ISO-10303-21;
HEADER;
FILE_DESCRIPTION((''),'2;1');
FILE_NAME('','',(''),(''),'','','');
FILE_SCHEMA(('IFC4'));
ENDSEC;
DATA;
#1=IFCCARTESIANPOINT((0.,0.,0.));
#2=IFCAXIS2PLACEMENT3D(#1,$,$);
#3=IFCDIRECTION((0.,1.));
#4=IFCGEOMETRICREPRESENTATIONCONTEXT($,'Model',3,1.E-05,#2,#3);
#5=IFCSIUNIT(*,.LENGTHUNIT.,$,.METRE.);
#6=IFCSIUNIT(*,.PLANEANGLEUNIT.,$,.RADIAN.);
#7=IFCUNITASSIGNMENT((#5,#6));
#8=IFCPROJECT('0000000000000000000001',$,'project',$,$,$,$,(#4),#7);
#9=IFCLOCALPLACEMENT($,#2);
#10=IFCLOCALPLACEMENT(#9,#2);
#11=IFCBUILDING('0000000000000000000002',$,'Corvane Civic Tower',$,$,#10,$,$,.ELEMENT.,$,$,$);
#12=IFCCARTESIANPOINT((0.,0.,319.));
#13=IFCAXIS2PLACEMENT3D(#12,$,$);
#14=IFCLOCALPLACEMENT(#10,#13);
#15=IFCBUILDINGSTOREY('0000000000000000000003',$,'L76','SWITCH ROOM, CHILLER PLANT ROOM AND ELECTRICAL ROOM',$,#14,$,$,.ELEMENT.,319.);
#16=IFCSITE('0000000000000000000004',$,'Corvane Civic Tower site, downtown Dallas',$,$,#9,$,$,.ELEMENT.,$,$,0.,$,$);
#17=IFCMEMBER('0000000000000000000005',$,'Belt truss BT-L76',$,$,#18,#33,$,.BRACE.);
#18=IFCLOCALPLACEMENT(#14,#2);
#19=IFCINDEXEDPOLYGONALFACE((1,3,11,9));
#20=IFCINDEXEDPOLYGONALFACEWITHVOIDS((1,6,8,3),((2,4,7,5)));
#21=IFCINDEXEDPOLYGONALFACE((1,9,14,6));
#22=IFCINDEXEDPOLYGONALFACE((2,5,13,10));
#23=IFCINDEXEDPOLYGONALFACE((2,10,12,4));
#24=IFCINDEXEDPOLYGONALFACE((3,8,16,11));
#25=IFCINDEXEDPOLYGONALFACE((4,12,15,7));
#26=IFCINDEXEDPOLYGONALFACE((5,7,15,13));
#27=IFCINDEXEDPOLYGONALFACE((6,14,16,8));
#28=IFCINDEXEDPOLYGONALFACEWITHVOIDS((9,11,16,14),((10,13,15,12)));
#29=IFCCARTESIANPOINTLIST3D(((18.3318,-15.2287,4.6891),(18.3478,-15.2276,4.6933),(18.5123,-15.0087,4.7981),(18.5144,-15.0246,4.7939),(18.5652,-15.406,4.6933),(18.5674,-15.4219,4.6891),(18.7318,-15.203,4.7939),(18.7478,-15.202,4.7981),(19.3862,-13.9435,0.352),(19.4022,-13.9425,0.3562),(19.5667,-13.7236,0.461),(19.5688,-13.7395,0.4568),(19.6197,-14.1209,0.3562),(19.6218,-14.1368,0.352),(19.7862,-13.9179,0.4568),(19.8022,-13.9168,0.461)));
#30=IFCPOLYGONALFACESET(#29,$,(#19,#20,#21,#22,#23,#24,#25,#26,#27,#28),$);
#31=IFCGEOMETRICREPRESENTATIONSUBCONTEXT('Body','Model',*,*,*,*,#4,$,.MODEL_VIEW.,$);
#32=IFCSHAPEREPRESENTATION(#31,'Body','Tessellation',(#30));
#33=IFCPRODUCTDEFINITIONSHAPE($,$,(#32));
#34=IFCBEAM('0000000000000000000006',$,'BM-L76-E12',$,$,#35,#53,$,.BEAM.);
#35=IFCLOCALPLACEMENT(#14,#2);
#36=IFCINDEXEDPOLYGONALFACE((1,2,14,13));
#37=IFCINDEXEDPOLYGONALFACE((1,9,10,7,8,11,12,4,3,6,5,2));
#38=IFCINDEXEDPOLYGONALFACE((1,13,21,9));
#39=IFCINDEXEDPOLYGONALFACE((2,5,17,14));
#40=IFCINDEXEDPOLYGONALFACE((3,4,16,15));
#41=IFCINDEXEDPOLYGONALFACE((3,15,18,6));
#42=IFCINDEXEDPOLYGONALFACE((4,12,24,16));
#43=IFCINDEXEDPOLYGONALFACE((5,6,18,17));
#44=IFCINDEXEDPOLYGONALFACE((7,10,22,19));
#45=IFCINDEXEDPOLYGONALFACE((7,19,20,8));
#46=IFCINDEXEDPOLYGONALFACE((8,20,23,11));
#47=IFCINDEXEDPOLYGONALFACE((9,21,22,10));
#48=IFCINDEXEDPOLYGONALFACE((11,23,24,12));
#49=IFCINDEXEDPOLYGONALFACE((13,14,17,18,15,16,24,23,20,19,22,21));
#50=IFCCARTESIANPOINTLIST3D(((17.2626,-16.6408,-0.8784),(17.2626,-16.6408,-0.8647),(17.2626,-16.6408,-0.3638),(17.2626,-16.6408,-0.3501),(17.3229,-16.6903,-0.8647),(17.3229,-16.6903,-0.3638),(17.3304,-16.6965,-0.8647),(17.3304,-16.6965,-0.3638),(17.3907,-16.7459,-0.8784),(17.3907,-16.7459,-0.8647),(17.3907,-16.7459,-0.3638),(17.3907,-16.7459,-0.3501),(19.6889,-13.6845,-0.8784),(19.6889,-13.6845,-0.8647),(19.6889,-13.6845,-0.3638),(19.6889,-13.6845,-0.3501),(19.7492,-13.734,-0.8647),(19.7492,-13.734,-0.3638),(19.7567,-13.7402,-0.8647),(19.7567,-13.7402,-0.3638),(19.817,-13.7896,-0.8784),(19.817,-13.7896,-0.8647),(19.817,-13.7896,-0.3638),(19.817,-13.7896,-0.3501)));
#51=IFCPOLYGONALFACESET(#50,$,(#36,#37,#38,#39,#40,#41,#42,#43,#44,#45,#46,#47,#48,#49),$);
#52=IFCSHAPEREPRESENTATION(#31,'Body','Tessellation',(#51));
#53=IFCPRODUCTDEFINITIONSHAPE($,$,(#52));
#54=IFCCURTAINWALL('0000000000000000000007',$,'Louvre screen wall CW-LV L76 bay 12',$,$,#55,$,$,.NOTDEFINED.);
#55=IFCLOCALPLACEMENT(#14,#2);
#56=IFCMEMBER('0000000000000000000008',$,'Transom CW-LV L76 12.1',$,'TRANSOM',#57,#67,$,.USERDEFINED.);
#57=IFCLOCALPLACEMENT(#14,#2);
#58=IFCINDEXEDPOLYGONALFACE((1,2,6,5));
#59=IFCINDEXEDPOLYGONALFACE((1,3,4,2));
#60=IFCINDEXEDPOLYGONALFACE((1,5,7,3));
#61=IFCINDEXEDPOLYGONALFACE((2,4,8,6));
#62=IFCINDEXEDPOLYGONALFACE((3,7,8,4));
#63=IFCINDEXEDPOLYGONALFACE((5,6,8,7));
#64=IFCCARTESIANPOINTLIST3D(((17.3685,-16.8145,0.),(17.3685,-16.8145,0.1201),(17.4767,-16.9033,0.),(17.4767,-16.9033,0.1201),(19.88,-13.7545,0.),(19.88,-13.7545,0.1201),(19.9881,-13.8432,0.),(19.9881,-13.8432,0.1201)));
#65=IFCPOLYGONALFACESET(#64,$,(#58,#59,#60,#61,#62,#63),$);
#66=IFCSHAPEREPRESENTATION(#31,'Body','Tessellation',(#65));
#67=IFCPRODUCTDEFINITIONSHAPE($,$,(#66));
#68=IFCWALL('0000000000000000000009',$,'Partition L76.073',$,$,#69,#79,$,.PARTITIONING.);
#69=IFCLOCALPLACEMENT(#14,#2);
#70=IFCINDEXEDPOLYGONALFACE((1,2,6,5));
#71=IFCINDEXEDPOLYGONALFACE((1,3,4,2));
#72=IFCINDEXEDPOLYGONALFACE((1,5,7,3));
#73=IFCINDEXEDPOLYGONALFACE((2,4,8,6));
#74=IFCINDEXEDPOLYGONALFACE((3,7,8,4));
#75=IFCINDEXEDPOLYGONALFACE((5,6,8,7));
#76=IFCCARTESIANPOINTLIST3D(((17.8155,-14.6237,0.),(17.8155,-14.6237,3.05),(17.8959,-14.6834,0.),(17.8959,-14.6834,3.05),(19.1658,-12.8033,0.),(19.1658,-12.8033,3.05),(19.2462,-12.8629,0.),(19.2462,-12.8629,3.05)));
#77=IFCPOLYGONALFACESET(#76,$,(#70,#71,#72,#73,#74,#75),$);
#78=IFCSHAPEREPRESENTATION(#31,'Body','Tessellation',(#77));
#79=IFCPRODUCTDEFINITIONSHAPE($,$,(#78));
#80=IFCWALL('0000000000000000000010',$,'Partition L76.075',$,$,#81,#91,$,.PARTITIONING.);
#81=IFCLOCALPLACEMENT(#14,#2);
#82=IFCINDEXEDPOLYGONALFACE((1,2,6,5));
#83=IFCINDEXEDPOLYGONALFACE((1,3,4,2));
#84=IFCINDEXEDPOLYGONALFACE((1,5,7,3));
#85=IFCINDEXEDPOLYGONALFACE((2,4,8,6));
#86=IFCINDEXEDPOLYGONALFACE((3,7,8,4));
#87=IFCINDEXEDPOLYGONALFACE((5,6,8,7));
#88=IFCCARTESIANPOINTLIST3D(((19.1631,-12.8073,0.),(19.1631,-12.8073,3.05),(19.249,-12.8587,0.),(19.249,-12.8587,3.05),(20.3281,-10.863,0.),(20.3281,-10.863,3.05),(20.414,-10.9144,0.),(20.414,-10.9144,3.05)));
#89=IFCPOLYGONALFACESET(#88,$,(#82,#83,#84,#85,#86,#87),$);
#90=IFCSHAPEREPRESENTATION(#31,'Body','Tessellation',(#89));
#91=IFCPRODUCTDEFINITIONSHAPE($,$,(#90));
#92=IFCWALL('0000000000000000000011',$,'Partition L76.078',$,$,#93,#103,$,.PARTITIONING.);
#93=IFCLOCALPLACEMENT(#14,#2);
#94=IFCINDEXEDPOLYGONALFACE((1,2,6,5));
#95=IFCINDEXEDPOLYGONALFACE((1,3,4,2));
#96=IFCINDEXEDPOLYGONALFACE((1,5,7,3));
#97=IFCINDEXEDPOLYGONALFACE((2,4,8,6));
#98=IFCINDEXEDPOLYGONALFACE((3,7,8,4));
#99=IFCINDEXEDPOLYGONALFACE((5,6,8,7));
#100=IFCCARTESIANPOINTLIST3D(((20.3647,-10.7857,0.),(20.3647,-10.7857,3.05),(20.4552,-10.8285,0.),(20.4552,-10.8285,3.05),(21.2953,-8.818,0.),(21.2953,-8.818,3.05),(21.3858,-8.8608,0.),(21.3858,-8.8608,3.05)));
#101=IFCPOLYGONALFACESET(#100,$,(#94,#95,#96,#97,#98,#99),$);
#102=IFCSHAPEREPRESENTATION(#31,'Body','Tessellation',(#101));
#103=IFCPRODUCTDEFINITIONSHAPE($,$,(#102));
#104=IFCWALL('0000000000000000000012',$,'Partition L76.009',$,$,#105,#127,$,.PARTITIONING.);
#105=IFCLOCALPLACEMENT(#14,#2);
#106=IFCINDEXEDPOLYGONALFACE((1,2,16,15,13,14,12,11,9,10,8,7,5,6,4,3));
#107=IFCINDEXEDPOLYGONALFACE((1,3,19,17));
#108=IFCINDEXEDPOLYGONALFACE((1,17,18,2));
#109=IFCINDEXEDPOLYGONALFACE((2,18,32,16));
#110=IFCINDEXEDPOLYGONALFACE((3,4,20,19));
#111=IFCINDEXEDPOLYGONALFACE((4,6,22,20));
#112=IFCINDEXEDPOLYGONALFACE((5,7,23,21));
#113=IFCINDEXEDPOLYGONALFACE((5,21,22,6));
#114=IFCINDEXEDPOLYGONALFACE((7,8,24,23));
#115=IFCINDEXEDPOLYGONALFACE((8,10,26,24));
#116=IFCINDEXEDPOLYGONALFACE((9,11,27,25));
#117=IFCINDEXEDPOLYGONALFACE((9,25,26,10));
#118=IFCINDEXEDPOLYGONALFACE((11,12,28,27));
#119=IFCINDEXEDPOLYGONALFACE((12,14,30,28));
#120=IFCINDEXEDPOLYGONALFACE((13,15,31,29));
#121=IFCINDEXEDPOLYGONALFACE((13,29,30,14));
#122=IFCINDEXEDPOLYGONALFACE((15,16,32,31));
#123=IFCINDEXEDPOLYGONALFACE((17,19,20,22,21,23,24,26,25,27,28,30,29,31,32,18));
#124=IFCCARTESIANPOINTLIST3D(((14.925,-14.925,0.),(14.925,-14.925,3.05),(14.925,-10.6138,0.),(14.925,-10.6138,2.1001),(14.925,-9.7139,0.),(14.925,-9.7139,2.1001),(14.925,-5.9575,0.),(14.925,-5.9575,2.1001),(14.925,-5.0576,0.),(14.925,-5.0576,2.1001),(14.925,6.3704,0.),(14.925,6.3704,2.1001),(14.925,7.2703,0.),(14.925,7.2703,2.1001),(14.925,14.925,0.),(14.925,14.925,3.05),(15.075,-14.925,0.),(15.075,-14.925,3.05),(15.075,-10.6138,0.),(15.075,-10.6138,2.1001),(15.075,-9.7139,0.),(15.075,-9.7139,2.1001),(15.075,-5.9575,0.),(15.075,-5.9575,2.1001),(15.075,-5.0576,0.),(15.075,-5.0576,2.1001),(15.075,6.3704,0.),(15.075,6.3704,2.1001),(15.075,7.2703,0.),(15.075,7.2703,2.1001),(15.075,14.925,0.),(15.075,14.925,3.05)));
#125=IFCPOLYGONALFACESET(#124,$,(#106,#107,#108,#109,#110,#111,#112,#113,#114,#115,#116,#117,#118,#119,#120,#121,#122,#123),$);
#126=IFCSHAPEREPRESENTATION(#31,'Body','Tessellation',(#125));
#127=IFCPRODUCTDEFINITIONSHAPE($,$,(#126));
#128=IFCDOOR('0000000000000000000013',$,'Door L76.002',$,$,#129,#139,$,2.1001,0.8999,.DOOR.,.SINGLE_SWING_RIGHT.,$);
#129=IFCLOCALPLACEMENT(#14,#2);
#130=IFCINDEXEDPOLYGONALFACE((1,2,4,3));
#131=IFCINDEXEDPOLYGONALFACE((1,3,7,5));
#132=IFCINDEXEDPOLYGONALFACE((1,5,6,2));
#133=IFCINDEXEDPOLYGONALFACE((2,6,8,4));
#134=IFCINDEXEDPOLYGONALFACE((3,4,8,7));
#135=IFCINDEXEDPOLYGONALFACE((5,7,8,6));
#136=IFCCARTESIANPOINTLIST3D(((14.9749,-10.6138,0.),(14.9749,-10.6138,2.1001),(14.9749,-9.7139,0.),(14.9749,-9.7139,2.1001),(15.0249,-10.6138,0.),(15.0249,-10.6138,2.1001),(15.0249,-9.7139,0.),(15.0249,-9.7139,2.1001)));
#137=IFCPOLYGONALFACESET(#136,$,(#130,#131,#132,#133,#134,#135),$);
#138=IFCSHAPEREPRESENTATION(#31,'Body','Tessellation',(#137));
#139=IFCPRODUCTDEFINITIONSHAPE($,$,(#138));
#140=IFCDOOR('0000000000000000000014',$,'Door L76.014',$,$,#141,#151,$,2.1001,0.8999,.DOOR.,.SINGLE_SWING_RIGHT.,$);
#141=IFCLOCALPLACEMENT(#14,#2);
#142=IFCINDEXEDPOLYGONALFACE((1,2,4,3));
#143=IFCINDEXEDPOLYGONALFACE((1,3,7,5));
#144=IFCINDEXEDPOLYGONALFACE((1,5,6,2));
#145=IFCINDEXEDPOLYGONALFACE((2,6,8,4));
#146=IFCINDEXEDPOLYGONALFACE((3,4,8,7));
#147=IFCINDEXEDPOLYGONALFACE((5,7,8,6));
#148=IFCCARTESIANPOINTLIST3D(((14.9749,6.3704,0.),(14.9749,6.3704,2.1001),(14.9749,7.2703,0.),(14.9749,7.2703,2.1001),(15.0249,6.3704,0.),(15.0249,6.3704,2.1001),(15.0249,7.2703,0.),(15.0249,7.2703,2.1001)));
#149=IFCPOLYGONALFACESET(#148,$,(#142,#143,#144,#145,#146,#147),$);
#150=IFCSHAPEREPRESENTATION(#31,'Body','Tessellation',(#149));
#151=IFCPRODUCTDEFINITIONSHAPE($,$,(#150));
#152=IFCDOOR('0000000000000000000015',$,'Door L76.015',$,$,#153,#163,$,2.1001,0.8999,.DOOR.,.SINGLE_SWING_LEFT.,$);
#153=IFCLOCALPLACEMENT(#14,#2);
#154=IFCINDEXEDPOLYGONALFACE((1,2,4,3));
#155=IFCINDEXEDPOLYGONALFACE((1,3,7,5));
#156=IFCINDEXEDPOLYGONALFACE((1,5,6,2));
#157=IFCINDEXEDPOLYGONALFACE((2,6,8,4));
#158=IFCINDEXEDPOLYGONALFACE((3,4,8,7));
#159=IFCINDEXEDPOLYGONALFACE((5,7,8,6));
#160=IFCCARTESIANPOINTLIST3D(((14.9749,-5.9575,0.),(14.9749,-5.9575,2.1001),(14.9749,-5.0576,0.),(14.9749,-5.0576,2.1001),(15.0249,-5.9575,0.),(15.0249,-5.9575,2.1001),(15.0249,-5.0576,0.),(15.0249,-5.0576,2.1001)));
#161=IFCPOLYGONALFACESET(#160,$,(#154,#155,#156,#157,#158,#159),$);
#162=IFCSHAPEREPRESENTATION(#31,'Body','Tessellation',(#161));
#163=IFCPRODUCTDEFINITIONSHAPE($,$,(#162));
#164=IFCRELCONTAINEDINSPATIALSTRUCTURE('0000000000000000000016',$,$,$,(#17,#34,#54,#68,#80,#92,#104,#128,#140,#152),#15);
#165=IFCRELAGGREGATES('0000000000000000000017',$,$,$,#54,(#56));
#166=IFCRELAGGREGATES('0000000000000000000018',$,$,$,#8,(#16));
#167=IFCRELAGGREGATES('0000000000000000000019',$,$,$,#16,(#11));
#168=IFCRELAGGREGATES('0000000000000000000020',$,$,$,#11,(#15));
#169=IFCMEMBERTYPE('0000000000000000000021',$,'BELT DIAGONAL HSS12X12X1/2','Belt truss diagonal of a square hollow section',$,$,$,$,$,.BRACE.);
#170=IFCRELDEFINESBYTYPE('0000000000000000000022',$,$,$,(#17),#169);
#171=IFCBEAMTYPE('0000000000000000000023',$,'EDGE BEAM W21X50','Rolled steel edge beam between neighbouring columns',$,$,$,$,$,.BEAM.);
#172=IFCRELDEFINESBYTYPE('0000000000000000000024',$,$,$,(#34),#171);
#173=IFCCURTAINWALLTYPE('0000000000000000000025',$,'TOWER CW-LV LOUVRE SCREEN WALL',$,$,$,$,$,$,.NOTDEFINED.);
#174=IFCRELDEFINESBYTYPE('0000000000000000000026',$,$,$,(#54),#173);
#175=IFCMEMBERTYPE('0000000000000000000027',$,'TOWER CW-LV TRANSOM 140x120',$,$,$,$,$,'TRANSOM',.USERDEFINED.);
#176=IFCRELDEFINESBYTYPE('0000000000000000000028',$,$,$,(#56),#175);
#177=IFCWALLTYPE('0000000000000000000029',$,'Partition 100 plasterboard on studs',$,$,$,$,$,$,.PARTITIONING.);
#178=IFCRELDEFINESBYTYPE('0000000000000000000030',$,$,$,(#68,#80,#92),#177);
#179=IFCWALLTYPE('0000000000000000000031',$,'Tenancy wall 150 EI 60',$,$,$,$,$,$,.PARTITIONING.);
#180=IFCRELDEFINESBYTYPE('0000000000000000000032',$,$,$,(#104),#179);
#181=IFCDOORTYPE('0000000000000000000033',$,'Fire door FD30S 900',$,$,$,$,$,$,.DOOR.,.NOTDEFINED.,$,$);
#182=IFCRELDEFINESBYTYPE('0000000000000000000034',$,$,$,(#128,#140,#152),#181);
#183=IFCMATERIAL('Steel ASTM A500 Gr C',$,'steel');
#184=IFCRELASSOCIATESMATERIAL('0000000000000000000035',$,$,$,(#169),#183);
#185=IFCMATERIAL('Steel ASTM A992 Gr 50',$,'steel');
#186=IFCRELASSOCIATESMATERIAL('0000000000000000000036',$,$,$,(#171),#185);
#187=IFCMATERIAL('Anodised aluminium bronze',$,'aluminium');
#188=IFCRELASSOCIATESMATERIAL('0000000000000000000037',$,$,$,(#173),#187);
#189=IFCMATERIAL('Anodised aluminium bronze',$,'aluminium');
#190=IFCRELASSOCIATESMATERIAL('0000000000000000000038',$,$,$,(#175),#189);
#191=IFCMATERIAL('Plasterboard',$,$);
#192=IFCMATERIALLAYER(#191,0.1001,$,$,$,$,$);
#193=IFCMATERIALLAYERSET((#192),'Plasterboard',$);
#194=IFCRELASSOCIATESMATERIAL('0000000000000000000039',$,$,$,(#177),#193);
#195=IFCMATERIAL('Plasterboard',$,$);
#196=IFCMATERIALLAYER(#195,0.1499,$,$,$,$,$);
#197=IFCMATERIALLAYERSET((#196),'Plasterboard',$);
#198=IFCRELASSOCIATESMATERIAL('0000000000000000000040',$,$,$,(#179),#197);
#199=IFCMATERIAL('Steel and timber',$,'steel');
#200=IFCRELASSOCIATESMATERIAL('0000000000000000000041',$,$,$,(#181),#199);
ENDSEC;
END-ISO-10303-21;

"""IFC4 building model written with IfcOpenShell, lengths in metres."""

from ifc_helpers import new_model, si_unit, direction, frame, frame_2d, origin, origin_2d, place, context, subcontext, project, spatial, rectangle, hollow_rectangle, i_section, extrude, material, layer, layer_set, material_profile, profile_set, type_object, element, fill, aggregate, save


model = new_model("IFC4")

# Units and contexts
model_context = context("Model", 3, precision=1e-05, world=origin(), true_north=direction((0.0, 1.0)))
body_context = subcontext(model_context, "Body", "Model", "MODEL_VIEW")
ifc_project = project(units=[si_unit("LENGTHUNIT", "METRE"), si_unit("PLANEANGLEUNIT", "RADIAN")], contexts=[model_context])

# Site, building, storey
site_placement = place(None, origin())
site = spatial("IfcSite", under=ifc_project, at=site_placement, Name="Corvane Civic Tower site, downtown Dallas", CompositionType="ELEMENT", RefElevation=0.0)
building_placement = place(site_placement, origin())
building = spatial("IfcBuilding", under=site, at=building_placement, Name="Corvane Civic Tower", CompositionType="ELEMENT")
storey_placement = place(building_placement, frame((0.0, 0.0, 319.0)))
storey = spatial("IfcBuildingStorey", under=building, at=storey_placement, Name="L76", Description="SWITCH ROOM, CHILLER PLANT ROOM AND ELECTRICAL ROOM", CompositionType="ELEMENT", Elevation=319.0)

# Member
ifc_material_1 = material(Name="Steel ASTM A500 Gr C", Category="steel")
ifc_material_profile_1 = material_profile(ifc_material_1, hollow_rectangle(XDim=0.3047, YDim=0.3047, WallThickness=0.0117, at=origin_2d()), Name="HSS12X12X1/2")
ifc_profile_set_1 = profile_set([ifc_material_profile_1], Name="Steel ASTM A500 Gr C")
member_type_1 = type_object("IfcMemberType", Name="BELT DIAGONAL HSS12X12X1/2", Description="Belt truss diagonal of a square hollow section", PredefinedType="BRACE", material=ifc_profile_set_1)
for number, where, z_axis, x_axis, name in (
    (1, (19.5942, -13.9302, 0.4065), (-0.227015, -0.276685, 0.933761), (0.773086, -0.634301, 0.0), "Belt truss BT-L76"),
):
    element("IfcMember", number, at=place(storey_placement, frame(where, z_axis=z_axis, x_axis=x_axis)), inside=storey, type_object=member_type_1, Name=name, PredefinedType="BRACE", context=body_context, shape_type="SweptSolid", body=[
        extrude(hollow_rectangle(XDim=0.3047, YDim=0.3047, WallThickness=0.0117, at=origin_2d()), origin(), (0.0, 0.0, 1.0), 4.6448),
    ])

# Beam
ifc_material_2 = material(Name="Steel ASTM A992 Gr 50", Category="steel")
ifc_material_profile_2 = material_profile(ifc_material_2, i_section(OverallWidth=0.1658, OverallDepth=0.5283, WebThickness=0.0098, FlangeThickness=0.0137, at=origin_2d()), Name="W21X50")
ifc_profile_set_2 = profile_set([ifc_material_profile_2], Name="Steel ASTM A992 Gr 50")
beam_type = type_object("IfcBeamType", Name="EDGE BEAM W21X50", Description="Rolled steel edge beam between neighbouring columns", PredefinedType="BEAM", material=ifc_profile_set_2)
beam_placement = place(storey_placement, frame((19.7529, -13.7371, -0.6143), z_axis=(-0.634409, -0.772998, 0.0), x_axis=(0.772998, -0.634409, 0.0)))
element("IfcBeam", 2, at=beam_placement, inside=storey, type_object=beam_type, Name="BM-L76-E12", PredefinedType="BEAM", context=body_context, shape_type="SweptSolid", body=[
    extrude(i_section(OverallWidth=0.1658, OverallDepth=0.5283, WebThickness=0.0098, FlangeThickness=0.0137, at=origin_2d()), origin(), (0.0, 0.0, 1.0), 3.8245),
])

# Curtain wall, member
ifc_material_3 = material(Name="Anodised aluminium bronze", Category="aluminium")
curtain_wall_type = type_object("IfcCurtainWallType", Name="TOWER CW-LV LOUVRE SCREEN WALL", PredefinedType="NOTDEFINED", material=ifc_material_3)
curtain_wall_placement = place(storey_placement, origin())
curtain_wall = element("IfcCurtainWall", 3, at=curtain_wall_placement, inside=storey, type_object=curtain_wall_type, Name="Louvre screen wall CW-LV L76 bay 12", PredefinedType="NOTDEFINED")
ifc_material_4 = material(Name="Anodised aluminium bronze", Category="aluminium")
ifc_material_profile_3 = material_profile(ifc_material_4, rectangle(XDim=0.1399, YDim=0.1201, at=origin_2d()), Name="TOWER CW-LV TRANSOM 140x120")
ifc_profile_set_3 = profile_set([ifc_material_profile_3], Name="Anodised aluminium bronze")
member_type_2 = type_object("IfcMemberType", Name="TOWER CW-LV TRANSOM 140x120", ElementType="TRANSOM", PredefinedType="USERDEFINED", material=ifc_profile_set_3)
member_placement = place(storey_placement, frame((19.9341, -13.7988, 0.0601), z_axis=(-0.634416, -0.772992, 0.0), x_axis=(0.772992, -0.634416, 0.0)))
member = element("IfcMember", 4, at=member_placement, type_object=member_type_2, Name="Transom CW-LV L76 12.1", ObjectType="TRANSOM", PredefinedType="USERDEFINED", context=body_context, shape_type="SweptSolid", body=[
    extrude(rectangle(XDim=0.1399, YDim=0.1201, at=origin_2d()), origin(), (0.0, 0.0, 1.0), 3.9587),
])

# Walls
ifc_material_5 = material(Name="Plasterboard")
ifc_layer_1 = layer(ifc_material_5, 0.1001)
ifc_layer_set_1 = layer_set([ifc_layer_1], Name="Plasterboard")
wall_type_1 = type_object("IfcWallType", Name="Partition 100 plasterboard on studs", PredefinedType="PARTITIONING", material=ifc_layer_set_1)
for number, where, z_axis, x_axis, name in (
    (5, (17.8557, -14.6536, 0.0), (0.0, 0.0, 1.0), (0.595735, 0.803181, 0.0), "Partition L76.073"),
    (6, (19.2061, -12.833, 0.0), (0.0, 0.0, 1.0), (0.513989, 0.857797, 0.0), "Partition L76.075"),
):
    element("IfcWall", number, at=place(storey_placement, frame(where, z_axis=z_axis, x_axis=x_axis)), inside=storey, type_object=wall_type_1, Name=name, PredefinedType="PARTITIONING", context=body_context, shape_type="SweptSolid", body=[
        extrude(rectangle(XDim=2.2666, YDim=0.1001, at=frame_2d((1.1333, 0.0))), origin(), (0.0, 0.0, 1.0), 3.05),
    ])
wall_1_placement = place(storey_placement, frame((20.4099, -10.8071, 0.0), z_axis=(0.0, 0.0, 1.0), x_axis=(0.427546, 0.903993, 0.0)))
element("IfcWall", 7, at=wall_1_placement, inside=storey, type_object=wall_type_1, Name="Partition L76.078", PredefinedType="PARTITIONING", context=body_context, shape_type="SweptSolid", body=[
    extrude(rectangle(XDim=2.1768, YDim=0.1001, at=frame_2d((1.0884, 0.0))), origin(), (0.0, 0.0, 1.0), 3.05),
])

# Wall, openings, doors
ifc_material_6 = material(Name="Plasterboard")
ifc_layer_2 = layer(ifc_material_6, 0.1499)
ifc_layer_set_2 = layer_set([ifc_layer_2], Name="Plasterboard")
wall_type_2 = type_object("IfcWallType", Name="Tenancy wall 150 EI 60", PredefinedType="PARTITIONING", material=ifc_layer_set_2)
wall_2_placement = place(storey_placement, frame((15.0, -14.925, 0.0), z_axis=(0.0, 0.0, 1.0), x_axis=(0.0, 1.0, 0.0)))
wall_2 = element("IfcWall", 8, at=wall_2_placement, inside=storey, type_object=wall_type_2, Name="Partition L76.009", PredefinedType="PARTITIONING", context=body_context, shape_type="SweptSolid", body=[
    extrude(rectangle(XDim=29.8501, YDim=0.1499, at=frame_2d((14.925, 0.0))), origin(), (0.0, 0.0, 1.0), 3.05),
])
opening_1_placement = place(wall_2_placement, frame((4.3113, 0.0, 0.0)))
opening_1 = element("IfcOpeningElement", 9, at=opening_1_placement, cuts=wall_2, PredefinedType="OPENING", context=body_context, shape_type="SweptSolid", body=[
    extrude(rectangle(XDim=0.8999, YDim=2.1001, at=frame_2d((0.45, 1.05))), frame((0.0, 0.085, 0.0), z_axis=(0.0, -1.0, 0.0), x_axis=(1.0, 0.0, 0.0)), (0.0, 0.0, 1.0), 0.1699),
])
opening_2_placement = place(wall_2_placement, frame((21.2954, 0.0, 0.0)))
opening_2 = element("IfcOpeningElement", 10, at=opening_2_placement, cuts=wall_2, PredefinedType="OPENING", context=body_context, shape_type="SweptSolid", body=[
    extrude(rectangle(XDim=0.8999, YDim=2.1001, at=frame_2d((0.45, 1.05))), frame((0.0, 0.085, 0.0), z_axis=(0.0, -1.0, 0.0), x_axis=(1.0, 0.0, 0.0)), (0.0, 0.0, 1.0), 0.1699),
])
opening_3_placement = place(wall_2_placement, frame((8.9675, 0.0, 0.0)))
opening_3 = element("IfcOpeningElement", 11, at=opening_3_placement, cuts=wall_2, PredefinedType="OPENING", context=body_context, shape_type="SweptSolid", body=[
    extrude(rectangle(XDim=0.8999, YDim=2.1001, at=frame_2d((0.45, 1.05))), frame((0.0, 0.085, 0.0), z_axis=(0.0, -1.0, 0.0), x_axis=(1.0, 0.0, 0.0)), (0.0, 0.0, 1.0), 0.1699),
])
ifc_material_7 = material(Name="Steel and timber", Category="steel")
door_type = type_object("IfcDoorType", Name="Fire door FD30S 900", OperationType="NOTDEFINED", PredefinedType="DOOR", material=ifc_material_7)
door_1_placement = place(opening_1_placement, frame((0.8999, 0.0, 0.0), z_axis=(0.0, 0.0, 1.0), x_axis=(-1.0, 0.0, 0.0)))
door_1 = element("IfcDoor", 12, at=door_1_placement, inside=storey, type_object=door_type, Name="Door L76.002", OperationType="SINGLE_SWING_RIGHT", OverallHeight=2.1001, OverallWidth=0.8999, PredefinedType="DOOR", context=body_context, shape_type="SweptSolid", body=[
    extrude(rectangle(XDim=0.8999, YDim=2.1001, at=frame_2d((0.45, 1.05))), frame((0.0, 0.0249, 0.0), z_axis=(0.0, -1.0, 0.0), x_axis=(1.0, 0.0, 0.0)), (0.0, 0.0, 1.0), 0.05),
])
fill(opening_1, door_1)
door_2_placement = place(opening_2_placement, frame((0.8999, 0.0, 0.0), z_axis=(0.0, 0.0, 1.0), x_axis=(-1.0, 0.0, 0.0)))
door_2 = element("IfcDoor", 13, at=door_2_placement, inside=storey, type_object=door_type, Name="Door L76.014", OperationType="SINGLE_SWING_RIGHT", OverallHeight=2.1001, OverallWidth=0.8999, PredefinedType="DOOR", context=body_context, shape_type="SweptSolid", body=[
    extrude(rectangle(XDim=0.8999, YDim=2.1001, at=frame_2d((0.45, 1.05))), frame((0.0, 0.0249, 0.0), z_axis=(0.0, -1.0, 0.0), x_axis=(1.0, 0.0, 0.0)), (0.0, 0.0, 1.0), 0.05),
])
fill(opening_2, door_2)
door_3_placement = place(opening_3_placement, frame((0.8999, 0.0, 0.0), z_axis=(0.0, 0.0, 1.0), x_axis=(-1.0, 0.0, 0.0)))
door_3 = element("IfcDoor", 14, at=door_3_placement, inside=storey, type_object=door_type, Name="Door L76.015", OperationType="SINGLE_SWING_LEFT", OverallHeight=2.1001, OverallWidth=0.8999, PredefinedType="DOOR", context=body_context, shape_type="SweptSolid", body=[
    extrude(rectangle(XDim=0.8999, YDim=2.1001, at=frame_2d((0.45, 1.05))), frame((0.0, 0.0249, 0.0), z_axis=(0.0, -1.0, 0.0), x_axis=(1.0, 0.0, 0.0)), (0.0, 0.0, 1.0), 0.05),
])
fill(opening_3, door_3)

aggregate(curtain_wall, [member])

save(model, "model.ifc")
